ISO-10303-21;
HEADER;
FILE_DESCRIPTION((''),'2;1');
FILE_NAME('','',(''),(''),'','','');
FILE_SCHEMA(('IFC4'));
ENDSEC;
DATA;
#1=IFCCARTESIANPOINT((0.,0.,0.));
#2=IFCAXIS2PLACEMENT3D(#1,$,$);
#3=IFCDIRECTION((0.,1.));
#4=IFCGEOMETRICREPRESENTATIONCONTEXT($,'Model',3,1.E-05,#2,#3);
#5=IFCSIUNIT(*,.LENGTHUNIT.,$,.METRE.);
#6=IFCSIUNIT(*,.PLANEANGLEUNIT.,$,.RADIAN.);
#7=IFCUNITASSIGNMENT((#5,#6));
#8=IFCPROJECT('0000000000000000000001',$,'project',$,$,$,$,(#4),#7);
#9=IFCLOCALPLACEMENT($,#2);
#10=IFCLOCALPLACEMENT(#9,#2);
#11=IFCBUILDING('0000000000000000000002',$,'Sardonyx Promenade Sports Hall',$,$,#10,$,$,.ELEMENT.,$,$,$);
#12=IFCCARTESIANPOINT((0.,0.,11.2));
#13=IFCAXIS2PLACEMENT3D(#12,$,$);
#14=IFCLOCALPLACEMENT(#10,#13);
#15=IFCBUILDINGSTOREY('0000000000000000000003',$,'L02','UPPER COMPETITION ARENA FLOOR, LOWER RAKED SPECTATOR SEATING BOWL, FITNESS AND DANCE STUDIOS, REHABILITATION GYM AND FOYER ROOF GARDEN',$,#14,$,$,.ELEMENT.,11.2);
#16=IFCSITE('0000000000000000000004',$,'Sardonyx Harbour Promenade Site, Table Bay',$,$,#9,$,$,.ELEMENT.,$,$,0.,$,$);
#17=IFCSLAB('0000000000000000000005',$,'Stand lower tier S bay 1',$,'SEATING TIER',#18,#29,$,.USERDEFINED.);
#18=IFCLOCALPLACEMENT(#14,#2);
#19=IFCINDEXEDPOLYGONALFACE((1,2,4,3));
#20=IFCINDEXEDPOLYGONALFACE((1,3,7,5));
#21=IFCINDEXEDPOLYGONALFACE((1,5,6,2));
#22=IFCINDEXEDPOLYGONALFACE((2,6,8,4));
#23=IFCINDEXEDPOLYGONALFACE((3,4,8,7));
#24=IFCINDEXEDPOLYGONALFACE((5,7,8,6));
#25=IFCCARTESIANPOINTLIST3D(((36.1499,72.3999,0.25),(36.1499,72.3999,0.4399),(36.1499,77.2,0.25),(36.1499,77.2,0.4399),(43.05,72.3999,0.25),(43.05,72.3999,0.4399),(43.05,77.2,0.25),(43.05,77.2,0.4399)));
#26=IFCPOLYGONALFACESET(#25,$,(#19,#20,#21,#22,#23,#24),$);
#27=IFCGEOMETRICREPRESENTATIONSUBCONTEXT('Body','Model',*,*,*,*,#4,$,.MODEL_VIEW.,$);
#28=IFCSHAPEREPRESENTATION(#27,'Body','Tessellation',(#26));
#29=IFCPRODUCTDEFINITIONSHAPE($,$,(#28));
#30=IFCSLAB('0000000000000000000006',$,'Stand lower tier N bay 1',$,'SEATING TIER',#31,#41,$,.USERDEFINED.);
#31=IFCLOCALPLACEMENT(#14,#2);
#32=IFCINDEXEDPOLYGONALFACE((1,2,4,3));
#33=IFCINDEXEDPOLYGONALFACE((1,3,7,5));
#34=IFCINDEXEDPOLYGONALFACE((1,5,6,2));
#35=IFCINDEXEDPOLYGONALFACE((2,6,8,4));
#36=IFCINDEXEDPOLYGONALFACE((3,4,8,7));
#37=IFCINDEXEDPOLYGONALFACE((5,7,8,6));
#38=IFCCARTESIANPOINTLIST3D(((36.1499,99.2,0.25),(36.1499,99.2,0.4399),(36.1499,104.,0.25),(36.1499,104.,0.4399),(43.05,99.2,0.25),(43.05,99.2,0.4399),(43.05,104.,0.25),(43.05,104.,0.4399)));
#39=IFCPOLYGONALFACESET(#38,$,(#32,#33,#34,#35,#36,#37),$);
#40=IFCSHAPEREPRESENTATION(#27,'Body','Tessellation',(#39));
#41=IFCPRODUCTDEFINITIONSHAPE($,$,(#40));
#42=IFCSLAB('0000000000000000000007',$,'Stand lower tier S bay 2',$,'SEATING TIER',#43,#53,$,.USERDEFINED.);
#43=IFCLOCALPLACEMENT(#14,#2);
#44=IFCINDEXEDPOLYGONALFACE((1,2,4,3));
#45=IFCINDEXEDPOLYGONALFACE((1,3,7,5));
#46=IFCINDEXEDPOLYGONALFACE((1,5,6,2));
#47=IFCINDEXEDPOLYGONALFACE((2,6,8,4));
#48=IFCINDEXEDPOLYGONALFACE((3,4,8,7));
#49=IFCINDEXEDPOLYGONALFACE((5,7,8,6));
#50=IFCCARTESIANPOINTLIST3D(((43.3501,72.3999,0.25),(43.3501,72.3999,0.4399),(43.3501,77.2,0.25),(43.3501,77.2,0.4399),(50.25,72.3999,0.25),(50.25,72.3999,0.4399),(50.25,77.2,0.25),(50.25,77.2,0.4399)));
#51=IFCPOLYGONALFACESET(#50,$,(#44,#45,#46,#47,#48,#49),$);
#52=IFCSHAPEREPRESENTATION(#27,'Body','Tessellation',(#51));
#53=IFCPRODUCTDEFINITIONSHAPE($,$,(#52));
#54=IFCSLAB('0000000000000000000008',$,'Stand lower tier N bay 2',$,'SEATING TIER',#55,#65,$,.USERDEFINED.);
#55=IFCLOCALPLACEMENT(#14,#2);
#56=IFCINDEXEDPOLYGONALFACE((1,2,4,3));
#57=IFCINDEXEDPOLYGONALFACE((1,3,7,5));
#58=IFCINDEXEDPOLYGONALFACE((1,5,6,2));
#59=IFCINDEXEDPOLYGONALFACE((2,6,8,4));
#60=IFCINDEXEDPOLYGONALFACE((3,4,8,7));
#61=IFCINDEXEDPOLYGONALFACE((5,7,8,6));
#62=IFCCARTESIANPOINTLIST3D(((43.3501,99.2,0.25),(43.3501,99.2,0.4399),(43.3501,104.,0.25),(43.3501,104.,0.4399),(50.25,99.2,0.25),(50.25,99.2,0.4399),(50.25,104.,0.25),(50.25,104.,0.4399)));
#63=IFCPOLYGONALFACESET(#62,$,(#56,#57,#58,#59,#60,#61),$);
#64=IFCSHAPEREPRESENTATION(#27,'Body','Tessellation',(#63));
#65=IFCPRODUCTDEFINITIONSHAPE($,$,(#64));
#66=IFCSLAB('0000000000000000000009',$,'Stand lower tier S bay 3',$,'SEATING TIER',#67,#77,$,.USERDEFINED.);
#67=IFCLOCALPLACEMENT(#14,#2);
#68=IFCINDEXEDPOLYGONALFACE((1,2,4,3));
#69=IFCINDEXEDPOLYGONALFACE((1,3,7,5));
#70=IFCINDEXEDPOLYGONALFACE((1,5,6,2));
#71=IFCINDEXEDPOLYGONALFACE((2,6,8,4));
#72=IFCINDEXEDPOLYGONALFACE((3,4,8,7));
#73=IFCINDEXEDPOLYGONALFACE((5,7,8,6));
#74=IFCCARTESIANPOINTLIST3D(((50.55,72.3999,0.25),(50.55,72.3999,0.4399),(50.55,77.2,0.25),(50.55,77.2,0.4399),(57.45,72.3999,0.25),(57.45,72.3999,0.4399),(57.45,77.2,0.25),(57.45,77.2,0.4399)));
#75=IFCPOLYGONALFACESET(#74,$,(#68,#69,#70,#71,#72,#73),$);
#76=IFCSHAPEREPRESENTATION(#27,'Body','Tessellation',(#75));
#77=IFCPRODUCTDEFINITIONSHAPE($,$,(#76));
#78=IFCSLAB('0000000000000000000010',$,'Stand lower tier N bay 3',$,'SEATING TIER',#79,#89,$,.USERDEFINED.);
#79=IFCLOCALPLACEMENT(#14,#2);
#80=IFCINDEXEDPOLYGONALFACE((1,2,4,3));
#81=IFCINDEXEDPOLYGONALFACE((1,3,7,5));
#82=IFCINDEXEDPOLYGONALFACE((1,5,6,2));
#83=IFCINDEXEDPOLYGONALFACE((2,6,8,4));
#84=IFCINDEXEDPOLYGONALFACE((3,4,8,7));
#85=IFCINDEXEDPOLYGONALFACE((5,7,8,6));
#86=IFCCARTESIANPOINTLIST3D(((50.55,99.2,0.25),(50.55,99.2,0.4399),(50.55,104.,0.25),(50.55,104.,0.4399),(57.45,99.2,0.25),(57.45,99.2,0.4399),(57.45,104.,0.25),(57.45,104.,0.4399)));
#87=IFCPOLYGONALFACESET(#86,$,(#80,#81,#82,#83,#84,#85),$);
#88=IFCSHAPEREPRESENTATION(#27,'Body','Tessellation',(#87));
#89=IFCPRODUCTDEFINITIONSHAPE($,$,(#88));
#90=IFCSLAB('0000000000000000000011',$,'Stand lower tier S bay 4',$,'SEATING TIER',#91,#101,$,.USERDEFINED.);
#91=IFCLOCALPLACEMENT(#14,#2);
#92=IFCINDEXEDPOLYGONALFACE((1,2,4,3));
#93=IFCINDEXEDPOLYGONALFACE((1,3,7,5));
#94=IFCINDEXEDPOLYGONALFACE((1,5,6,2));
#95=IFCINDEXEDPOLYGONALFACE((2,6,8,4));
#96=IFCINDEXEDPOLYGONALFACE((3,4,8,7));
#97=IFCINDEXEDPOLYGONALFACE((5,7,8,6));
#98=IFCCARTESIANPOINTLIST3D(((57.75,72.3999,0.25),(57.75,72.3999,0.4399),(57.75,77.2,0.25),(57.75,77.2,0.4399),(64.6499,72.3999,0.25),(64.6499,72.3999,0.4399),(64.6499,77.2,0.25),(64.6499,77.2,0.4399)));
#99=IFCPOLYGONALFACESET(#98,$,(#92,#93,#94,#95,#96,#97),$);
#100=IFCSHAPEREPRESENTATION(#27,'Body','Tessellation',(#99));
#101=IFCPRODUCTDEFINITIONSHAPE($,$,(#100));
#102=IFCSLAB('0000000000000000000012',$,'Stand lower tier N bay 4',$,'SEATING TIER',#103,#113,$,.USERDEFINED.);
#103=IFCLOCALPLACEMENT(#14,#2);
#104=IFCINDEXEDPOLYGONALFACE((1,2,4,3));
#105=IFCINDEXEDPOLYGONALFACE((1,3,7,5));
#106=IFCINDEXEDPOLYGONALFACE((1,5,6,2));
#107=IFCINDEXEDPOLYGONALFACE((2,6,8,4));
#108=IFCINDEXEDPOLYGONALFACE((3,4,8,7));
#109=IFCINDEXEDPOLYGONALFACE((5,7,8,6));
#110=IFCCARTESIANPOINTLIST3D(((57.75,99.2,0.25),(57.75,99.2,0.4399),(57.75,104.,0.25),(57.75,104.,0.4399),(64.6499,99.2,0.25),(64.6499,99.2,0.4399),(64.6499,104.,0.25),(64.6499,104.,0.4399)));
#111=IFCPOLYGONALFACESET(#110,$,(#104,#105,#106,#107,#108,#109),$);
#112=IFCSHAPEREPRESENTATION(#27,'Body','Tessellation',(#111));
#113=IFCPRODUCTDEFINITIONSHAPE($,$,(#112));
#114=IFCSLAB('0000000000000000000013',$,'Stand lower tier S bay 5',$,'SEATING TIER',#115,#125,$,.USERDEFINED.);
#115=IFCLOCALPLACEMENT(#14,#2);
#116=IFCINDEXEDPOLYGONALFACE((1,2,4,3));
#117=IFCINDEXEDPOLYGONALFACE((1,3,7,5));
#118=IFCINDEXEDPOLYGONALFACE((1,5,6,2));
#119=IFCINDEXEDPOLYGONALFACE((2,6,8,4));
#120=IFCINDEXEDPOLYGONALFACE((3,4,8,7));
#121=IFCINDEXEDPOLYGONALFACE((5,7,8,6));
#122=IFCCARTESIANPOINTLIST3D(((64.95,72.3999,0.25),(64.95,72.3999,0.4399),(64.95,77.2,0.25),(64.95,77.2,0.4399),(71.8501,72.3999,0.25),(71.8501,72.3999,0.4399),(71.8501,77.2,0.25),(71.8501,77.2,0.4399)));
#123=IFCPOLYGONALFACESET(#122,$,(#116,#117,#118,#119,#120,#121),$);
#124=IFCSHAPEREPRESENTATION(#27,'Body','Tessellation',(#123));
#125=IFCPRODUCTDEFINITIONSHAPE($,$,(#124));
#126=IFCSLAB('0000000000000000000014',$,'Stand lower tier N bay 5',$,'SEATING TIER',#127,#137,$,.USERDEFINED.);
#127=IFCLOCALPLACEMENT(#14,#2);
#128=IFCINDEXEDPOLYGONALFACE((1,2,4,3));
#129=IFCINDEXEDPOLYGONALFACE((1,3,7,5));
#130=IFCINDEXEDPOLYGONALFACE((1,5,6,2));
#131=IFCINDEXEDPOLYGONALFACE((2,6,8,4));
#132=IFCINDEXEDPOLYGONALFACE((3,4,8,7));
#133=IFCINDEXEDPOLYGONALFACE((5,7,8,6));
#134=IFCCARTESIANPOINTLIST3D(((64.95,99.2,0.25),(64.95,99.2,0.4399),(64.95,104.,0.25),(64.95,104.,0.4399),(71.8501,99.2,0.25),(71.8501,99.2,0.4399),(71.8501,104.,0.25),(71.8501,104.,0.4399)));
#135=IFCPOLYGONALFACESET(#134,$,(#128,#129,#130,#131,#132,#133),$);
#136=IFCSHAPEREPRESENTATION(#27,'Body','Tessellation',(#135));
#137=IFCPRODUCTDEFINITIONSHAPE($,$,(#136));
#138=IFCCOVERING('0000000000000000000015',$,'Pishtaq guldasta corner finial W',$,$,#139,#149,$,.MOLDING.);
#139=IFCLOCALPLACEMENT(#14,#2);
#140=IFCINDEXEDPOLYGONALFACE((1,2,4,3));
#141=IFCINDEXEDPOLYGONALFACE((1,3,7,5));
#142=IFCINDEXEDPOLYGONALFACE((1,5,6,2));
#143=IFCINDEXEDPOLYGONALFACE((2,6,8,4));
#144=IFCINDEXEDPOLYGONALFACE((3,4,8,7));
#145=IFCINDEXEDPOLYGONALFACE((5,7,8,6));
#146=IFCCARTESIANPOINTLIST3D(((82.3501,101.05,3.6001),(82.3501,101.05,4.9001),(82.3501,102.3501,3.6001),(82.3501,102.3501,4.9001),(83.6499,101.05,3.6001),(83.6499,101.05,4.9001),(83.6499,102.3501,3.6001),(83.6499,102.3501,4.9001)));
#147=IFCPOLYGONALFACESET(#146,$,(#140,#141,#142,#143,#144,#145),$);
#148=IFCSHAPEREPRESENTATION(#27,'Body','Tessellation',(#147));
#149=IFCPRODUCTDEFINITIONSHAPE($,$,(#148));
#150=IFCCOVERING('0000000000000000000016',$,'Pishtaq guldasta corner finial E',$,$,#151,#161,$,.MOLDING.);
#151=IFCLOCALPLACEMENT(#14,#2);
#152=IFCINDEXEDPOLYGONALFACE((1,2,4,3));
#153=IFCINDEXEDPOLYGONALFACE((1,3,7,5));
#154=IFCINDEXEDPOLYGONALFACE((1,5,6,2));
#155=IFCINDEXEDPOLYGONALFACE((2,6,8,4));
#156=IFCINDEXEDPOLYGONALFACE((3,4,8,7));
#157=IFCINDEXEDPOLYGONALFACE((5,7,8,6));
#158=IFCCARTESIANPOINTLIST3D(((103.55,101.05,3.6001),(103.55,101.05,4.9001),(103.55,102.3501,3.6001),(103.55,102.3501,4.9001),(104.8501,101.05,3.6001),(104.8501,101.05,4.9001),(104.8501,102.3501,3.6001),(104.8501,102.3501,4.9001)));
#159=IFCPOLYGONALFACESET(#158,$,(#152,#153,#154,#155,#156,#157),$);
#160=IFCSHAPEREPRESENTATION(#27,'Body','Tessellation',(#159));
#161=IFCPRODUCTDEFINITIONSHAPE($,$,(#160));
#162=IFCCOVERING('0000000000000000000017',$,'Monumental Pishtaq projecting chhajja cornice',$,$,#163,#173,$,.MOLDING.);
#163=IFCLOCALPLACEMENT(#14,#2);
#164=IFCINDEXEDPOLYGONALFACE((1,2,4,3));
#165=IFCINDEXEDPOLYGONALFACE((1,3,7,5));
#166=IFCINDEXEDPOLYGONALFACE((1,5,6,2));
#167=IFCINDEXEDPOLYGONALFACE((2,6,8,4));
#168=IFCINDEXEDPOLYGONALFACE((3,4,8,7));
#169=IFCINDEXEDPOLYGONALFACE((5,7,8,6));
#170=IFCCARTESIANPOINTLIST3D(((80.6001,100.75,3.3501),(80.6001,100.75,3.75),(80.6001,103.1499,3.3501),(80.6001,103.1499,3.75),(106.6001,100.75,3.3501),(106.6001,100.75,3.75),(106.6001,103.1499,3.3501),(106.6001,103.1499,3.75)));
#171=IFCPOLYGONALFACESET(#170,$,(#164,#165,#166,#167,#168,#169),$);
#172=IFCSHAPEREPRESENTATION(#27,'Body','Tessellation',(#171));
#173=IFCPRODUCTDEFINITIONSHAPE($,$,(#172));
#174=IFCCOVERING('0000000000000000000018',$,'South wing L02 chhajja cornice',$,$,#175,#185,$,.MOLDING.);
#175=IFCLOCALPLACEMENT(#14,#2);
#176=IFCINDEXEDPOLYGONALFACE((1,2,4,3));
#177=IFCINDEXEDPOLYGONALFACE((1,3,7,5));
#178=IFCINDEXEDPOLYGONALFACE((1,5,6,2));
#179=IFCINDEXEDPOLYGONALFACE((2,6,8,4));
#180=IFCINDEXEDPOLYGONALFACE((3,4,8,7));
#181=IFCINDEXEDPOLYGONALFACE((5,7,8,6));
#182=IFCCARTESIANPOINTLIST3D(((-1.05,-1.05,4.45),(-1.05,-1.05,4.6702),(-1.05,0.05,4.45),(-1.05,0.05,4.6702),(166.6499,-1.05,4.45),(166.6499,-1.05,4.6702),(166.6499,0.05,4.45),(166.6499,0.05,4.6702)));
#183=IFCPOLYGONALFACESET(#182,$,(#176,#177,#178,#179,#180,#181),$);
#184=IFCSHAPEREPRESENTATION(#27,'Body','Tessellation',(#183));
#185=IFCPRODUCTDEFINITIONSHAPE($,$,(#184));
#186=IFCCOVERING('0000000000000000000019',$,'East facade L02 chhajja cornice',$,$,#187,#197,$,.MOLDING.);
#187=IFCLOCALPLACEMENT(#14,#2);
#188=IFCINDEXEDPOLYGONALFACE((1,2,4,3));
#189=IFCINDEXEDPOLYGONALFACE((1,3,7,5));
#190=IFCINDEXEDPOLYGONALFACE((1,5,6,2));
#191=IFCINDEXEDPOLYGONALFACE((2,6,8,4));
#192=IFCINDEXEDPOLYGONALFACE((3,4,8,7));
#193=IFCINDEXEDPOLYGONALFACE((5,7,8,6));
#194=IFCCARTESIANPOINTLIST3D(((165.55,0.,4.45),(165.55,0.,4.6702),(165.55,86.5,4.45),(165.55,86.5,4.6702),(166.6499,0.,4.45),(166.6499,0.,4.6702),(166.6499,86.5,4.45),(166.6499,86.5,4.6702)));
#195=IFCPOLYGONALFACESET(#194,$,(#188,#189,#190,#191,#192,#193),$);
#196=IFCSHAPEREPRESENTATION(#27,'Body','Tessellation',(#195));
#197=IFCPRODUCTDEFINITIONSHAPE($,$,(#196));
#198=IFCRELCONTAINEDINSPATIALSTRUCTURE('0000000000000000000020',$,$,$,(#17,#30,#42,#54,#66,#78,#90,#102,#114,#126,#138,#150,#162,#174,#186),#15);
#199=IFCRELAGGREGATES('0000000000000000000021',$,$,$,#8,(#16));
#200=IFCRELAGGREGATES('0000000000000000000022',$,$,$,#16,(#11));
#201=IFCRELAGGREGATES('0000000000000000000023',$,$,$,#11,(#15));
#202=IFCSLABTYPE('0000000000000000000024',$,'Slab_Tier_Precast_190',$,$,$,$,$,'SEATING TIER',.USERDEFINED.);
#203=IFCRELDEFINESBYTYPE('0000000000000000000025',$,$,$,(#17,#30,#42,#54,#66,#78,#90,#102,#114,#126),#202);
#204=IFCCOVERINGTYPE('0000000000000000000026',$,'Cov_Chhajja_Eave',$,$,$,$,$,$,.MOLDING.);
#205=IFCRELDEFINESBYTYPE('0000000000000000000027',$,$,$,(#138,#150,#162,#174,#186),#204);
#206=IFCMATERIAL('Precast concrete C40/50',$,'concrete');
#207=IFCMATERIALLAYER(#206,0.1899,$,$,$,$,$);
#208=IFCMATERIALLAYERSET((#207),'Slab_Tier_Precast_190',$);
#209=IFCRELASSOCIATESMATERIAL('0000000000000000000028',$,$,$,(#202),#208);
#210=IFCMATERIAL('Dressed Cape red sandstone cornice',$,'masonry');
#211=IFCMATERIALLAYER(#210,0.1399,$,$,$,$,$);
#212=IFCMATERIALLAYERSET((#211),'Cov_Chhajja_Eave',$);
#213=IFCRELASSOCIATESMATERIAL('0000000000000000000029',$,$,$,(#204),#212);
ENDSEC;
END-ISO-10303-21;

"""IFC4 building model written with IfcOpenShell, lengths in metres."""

from ifc_helpers import new_model, si_unit, direction, frame, origin, place, context, subcontext, project, spatial, polyline, outline, extrude, material, layer, layer_set, type_object, element, save


model = new_model("IFC4")

# Units and contexts
model_context = context("Model", 3, precision=1e-05, world=origin(), true_north=direction((0.0, 1.0)))
body_context = subcontext(model_context, "Body", "Model", "MODEL_VIEW")
ifc_project = project(units=[si_unit("LENGTHUNIT", "METRE"), si_unit("PLANEANGLEUNIT", "RADIAN")], contexts=[model_context])

# Site, building, storey
site_placement = place(None, origin())
site = spatial("IfcSite", under=ifc_project, at=site_placement, Name="Sardonyx Harbour Promenade Site, Table Bay", CompositionType="ELEMENT", RefElevation=0.0)
building_placement = place(site_placement, origin())
building = spatial("IfcBuilding", under=site, at=building_placement, Name="Sardonyx Promenade Sports Hall", CompositionType="ELEMENT")
storey_placement = place(building_placement, frame((0.0, 0.0, 11.2)))
storey = spatial("IfcBuildingStorey", under=building, at=storey_placement, Name="L02", Description="UPPER COMPETITION ARENA FLOOR, LOWER RAKED SPECTATOR SEATING BOWL, FITNESS AND DANCE STUDIOS, REHABILITATION GYM AND FOYER ROOF GARDEN", CompositionType="ELEMENT", Elevation=11.2)

# Slabs
ifc_material_1 = material(Name="Precast concrete C40/50", Category="concrete")
ifc_layer_1 = layer(ifc_material_1, 0.1899)
ifc_layer_set_1 = layer_set([ifc_layer_1], Name="Slab_Tier_Precast_190")
slab_type = type_object("IfcSlabType", Name="Slab_Tier_Precast_190", ElementType="SEATING TIER", PredefinedType="USERDEFINED", material=ifc_layer_set_1)
slab_1_placement = place(storey_placement, frame((0.0, 0.0, 0.25)))
element("IfcSlab", 1, at=slab_1_placement, inside=storey, type_object=slab_type, Name="Stand lower tier S bay 1", ObjectType="SEATING TIER", PredefinedType="USERDEFINED", context=body_context, shape_type="SweptSolid", body=[
    extrude(outline(polyline([(36.1499, 72.3999), (43.05, 72.3999), (43.05, 77.2), (36.1499, 77.2), (36.1499, 72.3999)])), origin(), (0.0, 0.0, 1.0), 0.1899),
])
slab_2_placement = place(storey_placement, frame((0.0, 0.0, 0.25)))
element("IfcSlab", 2, at=slab_2_placement, inside=storey, type_object=slab_type, Name="Stand lower tier N bay 1", ObjectType="SEATING TIER", PredefinedType="USERDEFINED", context=body_context, shape_type="SweptSolid", body=[
    extrude(outline(polyline([(36.1499, 99.2), (43.05, 99.2), (43.05, 104.0), (36.1499, 104.0), (36.1499, 99.2)])), origin(), (0.0, 0.0, 1.0), 0.1899),
])
slab_3_placement = place(storey_placement, frame((0.0, 0.0, 0.25)))
element("IfcSlab", 3, at=slab_3_placement, inside=storey, type_object=slab_type, Name="Stand lower tier S bay 2", ObjectType="SEATING TIER", PredefinedType="USERDEFINED", context=body_context, shape_type="SweptSolid", body=[
    extrude(outline(polyline([(43.3501, 72.3999), (50.25, 72.3999), (50.25, 77.2), (43.3501, 77.2), (43.3501, 72.3999)])), origin(), (0.0, 0.0, 1.0), 0.1899),
])
slab_4_placement = place(storey_placement, frame((0.0, 0.0, 0.25)))
element("IfcSlab", 4, at=slab_4_placement, inside=storey, type_object=slab_type, Name="Stand lower tier N bay 2", ObjectType="SEATING TIER", PredefinedType="USERDEFINED", context=body_context, shape_type="SweptSolid", body=[
    extrude(outline(polyline([(43.3501, 99.2), (50.25, 99.2), (50.25, 104.0), (43.3501, 104.0), (43.3501, 99.2)])), origin(), (0.0, 0.0, 1.0), 0.1899),
])
slab_5_placement = place(storey_placement, frame((0.0, 0.0, 0.25)))
element("IfcSlab", 5, at=slab_5_placement, inside=storey, type_object=slab_type, Name="Stand lower tier S bay 3", ObjectType="SEATING TIER", PredefinedType="USERDEFINED", context=body_context, shape_type="SweptSolid", body=[
    extrude(outline(polyline([(50.55, 72.3999), (57.45, 72.3999), (57.45, 77.2), (50.55, 77.2), (50.55, 72.3999)])), origin(), (0.0, 0.0, 1.0), 0.1899),
])
slab_6_placement = place(storey_placement, frame((0.0, 0.0, 0.25)))
element("IfcSlab", 6, at=slab_6_placement, inside=storey, type_object=slab_type, Name="Stand lower tier N bay 3", ObjectType="SEATING TIER", PredefinedType="USERDEFINED", context=body_context, shape_type="SweptSolid", body=[
    extrude(outline(polyline([(50.55, 99.2), (57.45, 99.2), (57.45, 104.0), (50.55, 104.0), (50.55, 99.2)])), origin(), (0.0, 0.0, 1.0), 0.1899),
])
slab_7_placement = place(storey_placement, frame((0.0, 0.0, 0.25)))
element("IfcSlab", 7, at=slab_7_placement, inside=storey, type_object=slab_type, Name="Stand lower tier S bay 4", ObjectType="SEATING TIER", PredefinedType="USERDEFINED", context=body_context, shape_type="SweptSolid", body=[
    extrude(outline(polyline([(57.75, 72.3999), (64.6499, 72.3999), (64.6499, 77.2), (57.75, 77.2), (57.75, 72.3999)])), origin(), (0.0, 0.0, 1.0), 0.1899),
])
slab_8_placement = place(storey_placement, frame((0.0, 0.0, 0.25)))
element("IfcSlab", 8, at=slab_8_placement, inside=storey, type_object=slab_type, Name="Stand lower tier N bay 4", ObjectType="SEATING TIER", PredefinedType="USERDEFINED", context=body_context, shape_type="SweptSolid", body=[
    extrude(outline(polyline([(57.75, 99.2), (64.6499, 99.2), (64.6499, 104.0), (57.75, 104.0), (57.75, 99.2)])), origin(), (0.0, 0.0, 1.0), 0.1899),
])
slab_9_placement = place(storey_placement, frame((0.0, 0.0, 0.25)))
element("IfcSlab", 9, at=slab_9_placement, inside=storey, type_object=slab_type, Name="Stand lower tier S bay 5", ObjectType="SEATING TIER", PredefinedType="USERDEFINED", context=body_context, shape_type="SweptSolid", body=[
    extrude(outline(polyline([(64.95, 72.3999), (71.8501, 72.3999), (71.8501, 77.2), (64.95, 77.2), (64.95, 72.3999)])), origin(), (0.0, 0.0, 1.0), 0.1899),
])
slab_10_placement = place(storey_placement, frame((0.0, 0.0, 0.25)))
element("IfcSlab", 10, at=slab_10_placement, inside=storey, type_object=slab_type, Name="Stand lower tier N bay 5", ObjectType="SEATING TIER", PredefinedType="USERDEFINED", context=body_context, shape_type="SweptSolid", body=[
    extrude(outline(polyline([(64.95, 99.2), (71.8501, 99.2), (71.8501, 104.0), (64.95, 104.0), (64.95, 99.2)])), origin(), (0.0, 0.0, 1.0), 0.1899),
])

# Coverings
ifc_material_2 = material(Name="Dressed Cape red sandstone cornice", Category="masonry")
ifc_layer_2 = layer(ifc_material_2, 0.1399)
ifc_layer_set_2 = layer_set([ifc_layer_2], Name="Cov_Chhajja_Eave")
covering_type_1 = type_object("IfcCoveringType", Name="Cov_Chhajja_Eave", PredefinedType="MOLDING", material=ifc_layer_set_2)
covering_1_placement = place(storey_placement, frame((0.0, 0.0, 3.6001)))
element("IfcCovering", 11, at=covering_1_placement, inside=storey, type_object=covering_type_1, Name="Pishtaq guldasta corner finial W", PredefinedType="MOLDING", context=body_context, shape_type="SweptSolid", body=[
    extrude(outline(polyline([(82.3501, 101.05), (83.6499, 101.05), (83.6499, 102.3501), (82.3501, 102.3501), (82.3501, 101.05)])), origin(), (0.0, 0.0, 1.0), 1.3),
])
covering_2_placement = place(storey_placement, frame((0.0, 0.0, 3.6001)))
element("IfcCovering", 12, at=covering_2_placement, inside=storey, type_object=covering_type_1, Name="Pishtaq guldasta corner finial E", PredefinedType="MOLDING", context=body_context, shape_type="SweptSolid", body=[
    extrude(outline(polyline([(103.55, 101.05), (104.8501, 101.05), (104.8501, 102.3501), (103.55, 102.3501), (103.55, 101.05)])), origin(), (0.0, 0.0, 1.0), 1.3),
])
covering_3_placement = place(storey_placement, frame((0.0, 0.0, 3.3501)))
element("IfcCovering", 13, at=covering_3_placement, inside=storey, type_object=covering_type_1, Name="Monumental Pishtaq projecting chhajja cornice", PredefinedType="MOLDING", context=body_context, shape_type="SweptSolid", body=[
    extrude(outline(polyline([(80.6001, 100.75), (106.6001, 100.75), (106.6001, 103.1499), (80.6001, 103.1499), (80.6001, 100.75)])), origin(), (0.0, 0.0, 1.0), 0.3999),
])
covering_4_placement = place(storey_placement, frame((0.0, 0.0, 4.45)))
element("IfcCovering", 14, at=covering_4_placement, inside=storey, type_object=covering_type_1, Name="South wing L02 chhajja cornice", PredefinedType="MOLDING", context=body_context, shape_type="SweptSolid", body=[
    extrude(outline(polyline([(-1.05, -1.05), (166.6499, -1.05), (166.6499, 0.05), (-1.05, 0.05), (-1.05, -1.05)])), origin(), (0.0, 0.0, 1.0), 0.2202),
])
covering_5_placement = place(storey_placement, frame((0.0, 0.0, 4.45)))
element("IfcCovering", 15, at=covering_5_placement, inside=storey, type_object=covering_type_1, Name="East facade L02 chhajja cornice", PredefinedType="MOLDING", context=body_context, shape_type="SweptSolid", body=[
    extrude(outline(polyline([(165.55, 0.0), (166.6499, 0.0), (166.6499, 86.5), (165.55, 86.5), (165.55, 0.0)])), origin(), (0.0, 0.0, 1.0), 0.2202),
])

save(model, "model.ifc")
